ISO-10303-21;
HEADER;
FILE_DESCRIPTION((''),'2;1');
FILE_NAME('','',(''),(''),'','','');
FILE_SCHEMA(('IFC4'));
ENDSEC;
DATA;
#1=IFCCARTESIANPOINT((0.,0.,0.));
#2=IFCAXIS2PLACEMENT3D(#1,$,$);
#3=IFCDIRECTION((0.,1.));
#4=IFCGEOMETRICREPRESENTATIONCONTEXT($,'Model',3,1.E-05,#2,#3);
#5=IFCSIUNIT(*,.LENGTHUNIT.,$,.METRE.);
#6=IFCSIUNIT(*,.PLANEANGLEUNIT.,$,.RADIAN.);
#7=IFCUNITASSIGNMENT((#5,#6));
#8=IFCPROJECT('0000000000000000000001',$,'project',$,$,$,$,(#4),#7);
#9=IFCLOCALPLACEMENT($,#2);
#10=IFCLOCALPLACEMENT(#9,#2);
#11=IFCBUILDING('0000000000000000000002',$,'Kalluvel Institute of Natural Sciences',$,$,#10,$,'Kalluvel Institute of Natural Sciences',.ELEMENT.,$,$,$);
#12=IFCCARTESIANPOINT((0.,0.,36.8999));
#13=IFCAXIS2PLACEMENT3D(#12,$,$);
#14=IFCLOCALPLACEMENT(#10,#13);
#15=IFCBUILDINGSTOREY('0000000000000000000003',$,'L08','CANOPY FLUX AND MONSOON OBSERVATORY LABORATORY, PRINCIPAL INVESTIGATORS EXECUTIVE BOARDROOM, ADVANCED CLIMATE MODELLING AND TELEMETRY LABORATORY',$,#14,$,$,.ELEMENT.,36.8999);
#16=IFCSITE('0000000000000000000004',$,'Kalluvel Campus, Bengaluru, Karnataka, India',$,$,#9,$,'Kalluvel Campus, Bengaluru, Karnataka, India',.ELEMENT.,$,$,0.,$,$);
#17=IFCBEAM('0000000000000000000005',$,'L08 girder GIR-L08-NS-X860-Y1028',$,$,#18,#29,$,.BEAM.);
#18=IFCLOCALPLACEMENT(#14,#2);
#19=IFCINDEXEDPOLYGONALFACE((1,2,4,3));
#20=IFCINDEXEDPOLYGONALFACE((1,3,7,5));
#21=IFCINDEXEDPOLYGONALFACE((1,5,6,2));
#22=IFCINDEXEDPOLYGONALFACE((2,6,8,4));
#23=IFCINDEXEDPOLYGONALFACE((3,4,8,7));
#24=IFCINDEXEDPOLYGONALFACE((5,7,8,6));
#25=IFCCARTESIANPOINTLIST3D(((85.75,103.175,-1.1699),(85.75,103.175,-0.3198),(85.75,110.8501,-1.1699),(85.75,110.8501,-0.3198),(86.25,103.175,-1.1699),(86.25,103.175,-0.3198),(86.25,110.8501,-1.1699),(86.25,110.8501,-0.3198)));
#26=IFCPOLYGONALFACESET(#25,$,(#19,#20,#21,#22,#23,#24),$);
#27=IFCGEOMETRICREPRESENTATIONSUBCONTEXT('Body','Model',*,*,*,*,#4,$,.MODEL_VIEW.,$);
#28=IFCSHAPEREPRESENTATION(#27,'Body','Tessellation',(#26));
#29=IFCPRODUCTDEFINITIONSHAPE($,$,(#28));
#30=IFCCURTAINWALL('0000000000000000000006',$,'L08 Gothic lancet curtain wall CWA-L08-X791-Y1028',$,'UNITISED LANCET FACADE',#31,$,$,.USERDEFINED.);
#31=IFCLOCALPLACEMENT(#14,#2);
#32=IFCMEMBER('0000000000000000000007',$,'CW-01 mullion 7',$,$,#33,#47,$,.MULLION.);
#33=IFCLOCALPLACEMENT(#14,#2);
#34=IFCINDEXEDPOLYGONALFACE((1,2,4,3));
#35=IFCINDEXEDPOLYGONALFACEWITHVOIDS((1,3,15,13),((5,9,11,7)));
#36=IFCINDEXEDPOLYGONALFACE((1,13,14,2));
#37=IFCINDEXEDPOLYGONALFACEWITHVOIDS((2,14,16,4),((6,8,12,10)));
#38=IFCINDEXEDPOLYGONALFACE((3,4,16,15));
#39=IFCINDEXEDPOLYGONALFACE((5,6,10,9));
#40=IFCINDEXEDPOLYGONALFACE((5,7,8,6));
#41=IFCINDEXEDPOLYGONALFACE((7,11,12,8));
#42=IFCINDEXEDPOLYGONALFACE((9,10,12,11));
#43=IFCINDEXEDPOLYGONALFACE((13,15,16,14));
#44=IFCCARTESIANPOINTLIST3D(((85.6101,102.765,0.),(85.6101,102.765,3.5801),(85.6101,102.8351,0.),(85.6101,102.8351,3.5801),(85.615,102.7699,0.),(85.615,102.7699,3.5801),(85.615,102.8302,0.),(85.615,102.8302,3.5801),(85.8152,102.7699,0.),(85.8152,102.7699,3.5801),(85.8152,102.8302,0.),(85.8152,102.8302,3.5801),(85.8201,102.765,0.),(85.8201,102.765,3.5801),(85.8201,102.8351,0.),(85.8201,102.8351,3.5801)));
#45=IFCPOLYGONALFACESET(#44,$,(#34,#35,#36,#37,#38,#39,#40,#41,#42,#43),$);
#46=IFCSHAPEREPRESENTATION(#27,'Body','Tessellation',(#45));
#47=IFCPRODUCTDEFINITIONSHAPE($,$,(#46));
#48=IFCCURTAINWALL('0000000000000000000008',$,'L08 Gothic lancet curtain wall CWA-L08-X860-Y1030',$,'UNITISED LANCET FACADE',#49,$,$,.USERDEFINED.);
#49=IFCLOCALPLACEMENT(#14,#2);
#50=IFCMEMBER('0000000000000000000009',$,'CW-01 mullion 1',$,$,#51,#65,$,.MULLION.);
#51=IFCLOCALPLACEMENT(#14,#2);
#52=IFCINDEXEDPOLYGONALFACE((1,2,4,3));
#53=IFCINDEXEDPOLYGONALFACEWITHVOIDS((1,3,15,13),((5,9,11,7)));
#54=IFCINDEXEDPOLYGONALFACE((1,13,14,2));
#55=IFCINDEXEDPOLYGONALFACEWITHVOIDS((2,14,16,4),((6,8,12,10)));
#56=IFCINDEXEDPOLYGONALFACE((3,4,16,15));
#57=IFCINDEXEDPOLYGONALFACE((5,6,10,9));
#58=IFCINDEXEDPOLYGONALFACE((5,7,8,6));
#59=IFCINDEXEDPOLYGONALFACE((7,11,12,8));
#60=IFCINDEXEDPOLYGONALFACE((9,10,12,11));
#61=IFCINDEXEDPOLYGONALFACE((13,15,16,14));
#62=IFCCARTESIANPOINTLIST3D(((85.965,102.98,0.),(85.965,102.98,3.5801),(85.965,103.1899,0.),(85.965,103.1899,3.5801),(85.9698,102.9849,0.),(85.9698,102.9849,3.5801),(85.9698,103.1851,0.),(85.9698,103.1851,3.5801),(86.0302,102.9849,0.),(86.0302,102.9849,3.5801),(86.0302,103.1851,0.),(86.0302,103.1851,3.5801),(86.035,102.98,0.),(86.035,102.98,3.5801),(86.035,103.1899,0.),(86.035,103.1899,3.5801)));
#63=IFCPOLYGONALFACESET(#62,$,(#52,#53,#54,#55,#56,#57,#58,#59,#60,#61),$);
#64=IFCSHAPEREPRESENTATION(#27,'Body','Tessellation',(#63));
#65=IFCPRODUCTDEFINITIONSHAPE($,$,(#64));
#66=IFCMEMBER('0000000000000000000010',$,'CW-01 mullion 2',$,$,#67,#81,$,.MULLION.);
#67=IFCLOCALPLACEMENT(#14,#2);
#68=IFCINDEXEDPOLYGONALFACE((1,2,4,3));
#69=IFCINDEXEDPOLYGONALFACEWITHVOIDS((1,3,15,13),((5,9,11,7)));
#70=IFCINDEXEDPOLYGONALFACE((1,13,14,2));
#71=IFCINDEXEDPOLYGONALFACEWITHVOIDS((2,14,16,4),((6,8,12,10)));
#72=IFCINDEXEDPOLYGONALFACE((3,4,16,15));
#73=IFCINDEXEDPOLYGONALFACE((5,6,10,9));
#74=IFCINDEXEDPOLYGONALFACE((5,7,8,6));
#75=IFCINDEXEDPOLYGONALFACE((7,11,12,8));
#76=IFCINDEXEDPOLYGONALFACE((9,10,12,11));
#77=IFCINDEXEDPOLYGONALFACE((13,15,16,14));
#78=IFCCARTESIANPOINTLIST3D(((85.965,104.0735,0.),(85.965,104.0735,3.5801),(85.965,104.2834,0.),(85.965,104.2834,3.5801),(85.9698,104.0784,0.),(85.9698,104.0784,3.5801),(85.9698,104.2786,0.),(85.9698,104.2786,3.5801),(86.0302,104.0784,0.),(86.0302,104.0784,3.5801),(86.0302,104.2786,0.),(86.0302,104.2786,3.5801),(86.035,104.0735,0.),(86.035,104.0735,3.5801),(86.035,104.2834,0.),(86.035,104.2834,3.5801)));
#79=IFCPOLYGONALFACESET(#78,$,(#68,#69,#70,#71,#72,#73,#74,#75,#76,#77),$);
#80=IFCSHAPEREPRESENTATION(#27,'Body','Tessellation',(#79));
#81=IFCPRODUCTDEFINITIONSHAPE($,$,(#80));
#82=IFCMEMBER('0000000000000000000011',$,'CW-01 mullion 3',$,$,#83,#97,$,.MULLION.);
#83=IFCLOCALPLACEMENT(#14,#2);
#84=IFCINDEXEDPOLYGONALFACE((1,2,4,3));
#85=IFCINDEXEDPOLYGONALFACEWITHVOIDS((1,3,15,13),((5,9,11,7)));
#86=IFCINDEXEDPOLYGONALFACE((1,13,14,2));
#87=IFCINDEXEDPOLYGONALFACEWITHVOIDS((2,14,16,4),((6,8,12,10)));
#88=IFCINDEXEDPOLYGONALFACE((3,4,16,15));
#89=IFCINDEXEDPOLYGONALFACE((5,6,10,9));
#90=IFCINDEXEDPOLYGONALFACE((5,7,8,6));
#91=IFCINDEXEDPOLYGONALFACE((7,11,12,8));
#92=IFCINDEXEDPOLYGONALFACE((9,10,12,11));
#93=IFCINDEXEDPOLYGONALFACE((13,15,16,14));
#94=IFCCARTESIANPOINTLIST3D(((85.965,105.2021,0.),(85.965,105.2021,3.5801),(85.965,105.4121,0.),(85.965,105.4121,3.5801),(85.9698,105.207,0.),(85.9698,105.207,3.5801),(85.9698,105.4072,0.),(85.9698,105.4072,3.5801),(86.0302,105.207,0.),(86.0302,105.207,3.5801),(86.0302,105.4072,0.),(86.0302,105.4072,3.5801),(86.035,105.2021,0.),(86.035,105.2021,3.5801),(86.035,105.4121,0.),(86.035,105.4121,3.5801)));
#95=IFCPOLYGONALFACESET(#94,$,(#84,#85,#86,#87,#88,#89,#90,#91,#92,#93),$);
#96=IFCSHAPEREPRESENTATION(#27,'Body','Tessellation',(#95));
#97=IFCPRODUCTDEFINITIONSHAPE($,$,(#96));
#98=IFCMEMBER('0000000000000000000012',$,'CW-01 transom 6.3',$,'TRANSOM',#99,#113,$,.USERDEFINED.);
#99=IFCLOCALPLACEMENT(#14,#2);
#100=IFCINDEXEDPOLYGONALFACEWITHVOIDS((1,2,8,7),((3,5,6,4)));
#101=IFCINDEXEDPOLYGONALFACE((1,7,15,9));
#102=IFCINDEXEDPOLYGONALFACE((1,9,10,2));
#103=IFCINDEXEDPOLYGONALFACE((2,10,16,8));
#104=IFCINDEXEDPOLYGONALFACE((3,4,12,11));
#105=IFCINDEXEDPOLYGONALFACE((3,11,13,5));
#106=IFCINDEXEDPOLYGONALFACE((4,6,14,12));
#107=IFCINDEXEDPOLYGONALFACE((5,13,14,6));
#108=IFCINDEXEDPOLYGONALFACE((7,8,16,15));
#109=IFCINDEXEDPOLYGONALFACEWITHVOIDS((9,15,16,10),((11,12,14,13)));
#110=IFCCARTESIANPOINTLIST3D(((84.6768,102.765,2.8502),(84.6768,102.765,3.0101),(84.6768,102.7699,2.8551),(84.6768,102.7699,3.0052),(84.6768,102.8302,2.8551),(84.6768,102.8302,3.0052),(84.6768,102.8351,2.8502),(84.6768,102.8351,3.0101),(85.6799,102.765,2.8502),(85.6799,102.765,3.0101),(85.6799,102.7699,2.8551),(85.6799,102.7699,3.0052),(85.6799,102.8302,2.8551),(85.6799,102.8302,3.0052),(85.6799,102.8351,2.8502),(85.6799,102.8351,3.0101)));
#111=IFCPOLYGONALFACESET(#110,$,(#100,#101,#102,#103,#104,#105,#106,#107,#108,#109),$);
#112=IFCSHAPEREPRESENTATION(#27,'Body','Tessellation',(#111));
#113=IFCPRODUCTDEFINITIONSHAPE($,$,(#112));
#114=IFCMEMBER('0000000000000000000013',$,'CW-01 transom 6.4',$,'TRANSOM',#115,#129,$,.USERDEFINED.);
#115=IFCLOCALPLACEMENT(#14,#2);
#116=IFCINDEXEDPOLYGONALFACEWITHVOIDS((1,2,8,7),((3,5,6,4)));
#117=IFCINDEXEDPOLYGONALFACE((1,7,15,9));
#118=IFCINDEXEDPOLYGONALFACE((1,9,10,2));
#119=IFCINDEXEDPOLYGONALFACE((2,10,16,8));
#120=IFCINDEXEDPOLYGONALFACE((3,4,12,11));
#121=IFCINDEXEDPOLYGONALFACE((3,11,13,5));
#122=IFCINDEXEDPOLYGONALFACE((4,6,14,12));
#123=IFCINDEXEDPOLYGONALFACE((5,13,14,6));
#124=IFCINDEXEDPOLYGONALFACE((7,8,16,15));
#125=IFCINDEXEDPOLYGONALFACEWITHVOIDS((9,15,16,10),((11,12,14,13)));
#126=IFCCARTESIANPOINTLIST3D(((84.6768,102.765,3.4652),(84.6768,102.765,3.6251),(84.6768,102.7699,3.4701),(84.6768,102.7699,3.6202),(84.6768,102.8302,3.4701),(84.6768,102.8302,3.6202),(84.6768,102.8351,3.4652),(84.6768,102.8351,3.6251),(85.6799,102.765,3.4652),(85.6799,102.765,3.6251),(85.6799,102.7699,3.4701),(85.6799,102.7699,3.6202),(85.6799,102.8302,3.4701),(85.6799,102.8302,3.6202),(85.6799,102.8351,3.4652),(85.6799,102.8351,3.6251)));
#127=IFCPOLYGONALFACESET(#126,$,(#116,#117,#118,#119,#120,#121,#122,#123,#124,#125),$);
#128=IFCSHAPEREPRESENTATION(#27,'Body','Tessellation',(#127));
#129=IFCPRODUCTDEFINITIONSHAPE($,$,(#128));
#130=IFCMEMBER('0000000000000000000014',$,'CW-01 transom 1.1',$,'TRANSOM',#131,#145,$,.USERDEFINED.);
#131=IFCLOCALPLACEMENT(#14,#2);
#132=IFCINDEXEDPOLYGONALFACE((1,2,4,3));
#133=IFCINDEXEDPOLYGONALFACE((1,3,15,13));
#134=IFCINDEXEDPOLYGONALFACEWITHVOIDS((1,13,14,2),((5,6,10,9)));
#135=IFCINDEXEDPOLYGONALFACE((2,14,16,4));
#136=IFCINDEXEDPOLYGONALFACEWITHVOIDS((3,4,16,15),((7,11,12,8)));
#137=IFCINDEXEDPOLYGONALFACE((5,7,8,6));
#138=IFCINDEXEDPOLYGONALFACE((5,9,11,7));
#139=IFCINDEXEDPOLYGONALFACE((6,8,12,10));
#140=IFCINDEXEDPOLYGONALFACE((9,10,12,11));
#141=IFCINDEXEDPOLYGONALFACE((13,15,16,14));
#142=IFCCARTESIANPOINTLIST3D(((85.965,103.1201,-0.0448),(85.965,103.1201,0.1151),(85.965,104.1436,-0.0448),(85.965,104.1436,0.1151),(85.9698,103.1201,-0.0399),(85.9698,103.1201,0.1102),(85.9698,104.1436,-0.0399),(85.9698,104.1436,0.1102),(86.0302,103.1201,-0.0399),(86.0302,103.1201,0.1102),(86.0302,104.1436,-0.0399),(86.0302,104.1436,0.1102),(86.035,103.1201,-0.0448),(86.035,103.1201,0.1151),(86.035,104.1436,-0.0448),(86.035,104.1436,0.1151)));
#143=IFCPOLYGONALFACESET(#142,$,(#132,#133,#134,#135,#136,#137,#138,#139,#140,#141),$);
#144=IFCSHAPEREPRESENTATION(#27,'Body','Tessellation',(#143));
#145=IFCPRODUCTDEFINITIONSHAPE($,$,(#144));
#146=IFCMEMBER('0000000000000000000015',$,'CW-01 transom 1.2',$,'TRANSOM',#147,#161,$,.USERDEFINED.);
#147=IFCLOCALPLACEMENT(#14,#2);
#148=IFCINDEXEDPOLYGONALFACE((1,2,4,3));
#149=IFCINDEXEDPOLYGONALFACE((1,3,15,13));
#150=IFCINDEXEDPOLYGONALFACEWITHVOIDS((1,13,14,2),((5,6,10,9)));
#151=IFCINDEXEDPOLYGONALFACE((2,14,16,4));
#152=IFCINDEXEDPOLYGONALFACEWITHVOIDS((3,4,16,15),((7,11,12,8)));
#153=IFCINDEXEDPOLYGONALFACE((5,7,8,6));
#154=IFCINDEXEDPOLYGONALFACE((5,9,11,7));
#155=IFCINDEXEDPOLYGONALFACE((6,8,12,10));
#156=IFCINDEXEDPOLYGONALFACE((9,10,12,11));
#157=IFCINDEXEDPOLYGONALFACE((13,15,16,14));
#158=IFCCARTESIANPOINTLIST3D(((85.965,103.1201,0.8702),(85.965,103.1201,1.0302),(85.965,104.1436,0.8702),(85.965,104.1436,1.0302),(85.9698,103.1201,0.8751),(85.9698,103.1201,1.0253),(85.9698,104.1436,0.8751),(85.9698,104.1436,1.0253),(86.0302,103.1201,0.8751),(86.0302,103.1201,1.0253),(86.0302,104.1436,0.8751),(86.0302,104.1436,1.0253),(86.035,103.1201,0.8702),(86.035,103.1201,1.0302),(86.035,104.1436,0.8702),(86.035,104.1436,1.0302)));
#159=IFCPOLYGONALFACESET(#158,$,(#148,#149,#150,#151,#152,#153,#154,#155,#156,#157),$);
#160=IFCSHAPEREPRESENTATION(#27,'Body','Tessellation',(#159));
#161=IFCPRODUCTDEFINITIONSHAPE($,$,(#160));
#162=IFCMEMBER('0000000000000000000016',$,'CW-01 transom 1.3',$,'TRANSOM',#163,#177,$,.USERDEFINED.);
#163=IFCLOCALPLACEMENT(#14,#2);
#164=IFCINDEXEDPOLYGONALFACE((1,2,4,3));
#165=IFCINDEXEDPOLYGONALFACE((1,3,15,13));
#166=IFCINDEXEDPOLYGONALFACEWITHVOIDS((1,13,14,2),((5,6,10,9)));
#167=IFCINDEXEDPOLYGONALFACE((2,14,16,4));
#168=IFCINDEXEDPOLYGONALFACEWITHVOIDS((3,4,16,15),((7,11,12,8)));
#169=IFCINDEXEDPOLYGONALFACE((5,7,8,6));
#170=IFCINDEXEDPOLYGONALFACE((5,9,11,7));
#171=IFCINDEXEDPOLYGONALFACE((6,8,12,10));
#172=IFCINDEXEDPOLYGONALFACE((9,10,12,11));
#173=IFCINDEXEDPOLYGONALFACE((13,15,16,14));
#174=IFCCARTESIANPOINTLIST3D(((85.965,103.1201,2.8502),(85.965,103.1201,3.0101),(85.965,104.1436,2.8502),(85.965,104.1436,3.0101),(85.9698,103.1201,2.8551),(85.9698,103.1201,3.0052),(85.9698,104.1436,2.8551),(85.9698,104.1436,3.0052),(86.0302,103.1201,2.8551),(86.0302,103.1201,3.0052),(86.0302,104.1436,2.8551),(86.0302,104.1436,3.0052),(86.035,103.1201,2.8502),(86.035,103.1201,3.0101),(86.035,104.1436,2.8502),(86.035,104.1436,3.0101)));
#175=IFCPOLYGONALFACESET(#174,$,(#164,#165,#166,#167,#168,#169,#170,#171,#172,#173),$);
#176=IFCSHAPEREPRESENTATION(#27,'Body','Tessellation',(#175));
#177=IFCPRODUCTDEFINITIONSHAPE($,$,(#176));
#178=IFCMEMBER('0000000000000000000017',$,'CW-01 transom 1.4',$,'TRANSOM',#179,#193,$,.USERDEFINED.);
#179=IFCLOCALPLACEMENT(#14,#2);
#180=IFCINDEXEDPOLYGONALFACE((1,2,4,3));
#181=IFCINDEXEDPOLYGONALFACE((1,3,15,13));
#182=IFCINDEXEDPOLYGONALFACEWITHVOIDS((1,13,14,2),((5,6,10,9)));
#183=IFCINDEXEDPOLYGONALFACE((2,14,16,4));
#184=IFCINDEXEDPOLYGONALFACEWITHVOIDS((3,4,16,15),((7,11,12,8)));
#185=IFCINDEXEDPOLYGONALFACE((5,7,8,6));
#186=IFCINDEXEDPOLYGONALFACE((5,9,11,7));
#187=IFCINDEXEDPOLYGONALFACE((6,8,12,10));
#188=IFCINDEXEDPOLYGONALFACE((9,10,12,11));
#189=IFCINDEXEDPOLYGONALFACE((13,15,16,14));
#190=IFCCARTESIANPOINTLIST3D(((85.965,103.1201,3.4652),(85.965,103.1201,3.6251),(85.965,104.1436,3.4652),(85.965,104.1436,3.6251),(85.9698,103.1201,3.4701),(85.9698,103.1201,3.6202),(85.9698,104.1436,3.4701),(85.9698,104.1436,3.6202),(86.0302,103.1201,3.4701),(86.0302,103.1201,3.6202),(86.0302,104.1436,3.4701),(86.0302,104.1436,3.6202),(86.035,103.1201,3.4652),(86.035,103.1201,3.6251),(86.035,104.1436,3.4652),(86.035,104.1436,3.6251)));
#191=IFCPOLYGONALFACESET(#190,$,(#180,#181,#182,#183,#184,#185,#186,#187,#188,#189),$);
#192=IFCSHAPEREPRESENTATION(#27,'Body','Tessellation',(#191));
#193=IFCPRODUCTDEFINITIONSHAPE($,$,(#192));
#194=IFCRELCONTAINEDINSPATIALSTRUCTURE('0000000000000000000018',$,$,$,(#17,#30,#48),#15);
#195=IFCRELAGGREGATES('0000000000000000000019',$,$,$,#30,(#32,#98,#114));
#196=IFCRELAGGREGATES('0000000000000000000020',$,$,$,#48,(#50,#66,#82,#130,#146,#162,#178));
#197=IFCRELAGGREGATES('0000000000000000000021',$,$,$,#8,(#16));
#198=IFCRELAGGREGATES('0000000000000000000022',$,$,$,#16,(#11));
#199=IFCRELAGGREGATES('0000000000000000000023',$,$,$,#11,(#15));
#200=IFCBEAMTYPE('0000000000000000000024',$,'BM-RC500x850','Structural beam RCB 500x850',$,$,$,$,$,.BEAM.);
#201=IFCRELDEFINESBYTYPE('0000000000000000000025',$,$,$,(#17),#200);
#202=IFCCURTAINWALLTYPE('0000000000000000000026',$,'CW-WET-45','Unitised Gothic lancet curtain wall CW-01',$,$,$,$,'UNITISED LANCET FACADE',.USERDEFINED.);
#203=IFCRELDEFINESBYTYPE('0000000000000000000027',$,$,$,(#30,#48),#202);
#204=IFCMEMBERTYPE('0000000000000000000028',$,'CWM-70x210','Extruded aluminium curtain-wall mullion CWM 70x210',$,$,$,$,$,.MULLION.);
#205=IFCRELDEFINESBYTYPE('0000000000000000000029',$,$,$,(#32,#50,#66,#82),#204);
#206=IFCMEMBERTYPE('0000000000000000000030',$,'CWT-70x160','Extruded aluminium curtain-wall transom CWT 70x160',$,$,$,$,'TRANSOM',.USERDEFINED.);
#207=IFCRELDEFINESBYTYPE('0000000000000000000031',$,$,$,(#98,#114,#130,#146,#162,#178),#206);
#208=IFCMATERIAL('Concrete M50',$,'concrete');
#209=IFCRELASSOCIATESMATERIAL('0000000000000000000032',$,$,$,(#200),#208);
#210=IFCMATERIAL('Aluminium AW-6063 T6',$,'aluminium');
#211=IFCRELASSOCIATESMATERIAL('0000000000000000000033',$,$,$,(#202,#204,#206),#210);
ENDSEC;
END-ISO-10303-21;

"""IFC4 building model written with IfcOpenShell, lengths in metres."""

from ifc_helpers import new_model, si_unit, direction, frame, origin, origin_2d, place, context, subcontext, project, spatial, rectangle, hollow_rectangle, extrude, material, material_profile, profile_set, type_object, element, aggregate, save


model = new_model("IFC4")

# Units and contexts
model_context = context("Model", 3, precision=1e-05, world=origin(), true_north=direction((0.0, 1.0)))
body_context = subcontext(model_context, "Body", "Model", "MODEL_VIEW")
ifc_project = project(units=[si_unit("LENGTHUNIT", "METRE"), si_unit("PLANEANGLEUNIT", "RADIAN")], contexts=[model_context])

# Site, building, storey
site_placement = place(None, origin())
site = spatial("IfcSite", under=ifc_project, at=site_placement, Name="Kalluvel Campus, Bengaluru, Karnataka, India", LongName="Kalluvel Campus, Bengaluru, Karnataka, India", CompositionType="ELEMENT", RefElevation=0.0)
building_placement = place(site_placement, origin())
building = spatial("IfcBuilding", under=site, at=building_placement, Name="Kalluvel Institute of Natural Sciences", LongName="Kalluvel Institute of Natural Sciences", CompositionType="ELEMENT")
storey_placement = place(building_placement, frame((0.0, 0.0, 36.8999)))
storey = spatial("IfcBuildingStorey", under=building, at=storey_placement, Name="L08", Description="CANOPY FLUX AND MONSOON OBSERVATORY LABORATORY, PRINCIPAL INVESTIGATORS EXECUTIVE BOARDROOM, ADVANCED CLIMATE MODELLING AND TELEMETRY LABORATORY", CompositionType="ELEMENT", Elevation=36.8999)

# Beam
ifc_material_1 = material(Name="Concrete M50", Category="concrete")
ifc_material_profile_1 = material_profile(ifc_material_1, rectangle(XDim=0.5, YDim=0.8501, at=origin_2d()), Name="RCB 500x850")
ifc_profile_set_1 = profile_set([ifc_material_profile_1], Name="Concrete M50")
beam_type = type_object("IfcBeamType", Name="BM-RC500x850", Description="Structural beam RCB 500x850", PredefinedType="BEAM", material=ifc_profile_set_1)
beam_placement = place(storey_placement, frame((86.0, 103.175, -0.7449), z_axis=(0.0, 1.0, 0.0), x_axis=(-1.0, 0.0, 0.0)))
element("IfcBeam", 1, at=beam_placement, inside=storey, type_object=beam_type, Name="L08 girder GIR-L08-NS-X860-Y1028", PredefinedType="BEAM", context=body_context, shape_type="SweptSolid", body=[
    extrude(rectangle(XDim=0.5, YDim=0.8501, at=origin_2d()), origin(), (0.0, 0.0, 1.0), 7.675),
])

# Curtain wall, member
ifc_material_2 = material(Name="Aluminium AW-6063 T6", Category="aluminium")
curtain_wall_type = type_object("IfcCurtainWallType", Name="CW-WET-45", Description="Unitised Gothic lancet curtain wall CW-01", ElementType="UNITISED LANCET FACADE", PredefinedType="USERDEFINED", material=ifc_material_2)
curtain_wall_1_placement = place(storey_placement, origin())
curtain_wall_1 = element("IfcCurtainWall", 2, at=curtain_wall_1_placement, inside=storey, type_object=curtain_wall_type, Name="L08 Gothic lancet curtain wall CWA-L08-X791-Y1028", ObjectType="UNITISED LANCET FACADE", PredefinedType="USERDEFINED")
ifc_material_profile_2 = material_profile(ifc_material_2, hollow_rectangle(XDim=0.0701, YDim=0.21, WallThickness=0.0049, at=origin_2d()), Name="CWM 70x210")
ifc_profile_set_2 = profile_set([ifc_material_profile_2], Name="Aluminium AW-6063 T6")
member_type_1 = type_object("IfcMemberType", Name="CWM-70x210", Description="Extruded aluminium curtain-wall mullion CWM 70x210", PredefinedType="MULLION", material=ifc_profile_set_2)
member_1_placement = place(storey_placement, frame((85.7151, 102.8, 0.0), z_axis=(0.0, 0.0, 1.0), x_axis=(0.0, 1.0, 0.0)))
member_1 = element("IfcMember", 3, at=member_1_placement, type_object=member_type_1, Name="CW-01 mullion 7", PredefinedType="MULLION", context=body_context, shape_type="SweptSolid", body=[
    extrude(hollow_rectangle(XDim=0.0701, YDim=0.21, WallThickness=0.0049, at=origin_2d()), origin(), (0.0, 0.0, 1.0), 3.5801),
])

# Curtain wall, members
curtain_wall_2_placement = place(storey_placement, origin())
curtain_wall_2 = element("IfcCurtainWall", 4, at=curtain_wall_2_placement, inside=storey, type_object=curtain_wall_type, Name="L08 Gothic lancet curtain wall CWA-L08-X860-Y1030", ObjectType="UNITISED LANCET FACADE", PredefinedType="USERDEFINED")
member_2_placement = place(storey_placement, frame((86.0, 103.085, 0.0), z_axis=(0.0, 0.0, 1.0), x_axis=(-1.0, 0.0, 0.0)))
member_2 = element("IfcMember", 5, at=member_2_placement, type_object=member_type_1, Name="CW-01 mullion 1", PredefinedType="MULLION", context=body_context, shape_type="SweptSolid", body=[
    extrude(hollow_rectangle(XDim=0.0701, YDim=0.21, WallThickness=0.0049, at=origin_2d()), origin(), (0.0, 0.0, 1.0), 3.5801),
])
member_3_placement = place(storey_placement, frame((86.0, 104.1785, 0.0), z_axis=(0.0, 0.0, 1.0), x_axis=(-1.0, 0.0, 0.0)))
member_3 = element("IfcMember", 6, at=member_3_placement, type_object=member_type_1, Name="CW-01 mullion 2", PredefinedType="MULLION", context=body_context, shape_type="SweptSolid", body=[
    extrude(hollow_rectangle(XDim=0.0701, YDim=0.21, WallThickness=0.0049, at=origin_2d()), origin(), (0.0, 0.0, 1.0), 3.5801),
])
member_4_placement = place(storey_placement, frame((86.0, 105.3071, 0.0), z_axis=(0.0, 0.0, 1.0), x_axis=(-1.0, 0.0, 0.0)))
member_4 = element("IfcMember", 7, at=member_4_placement, type_object=member_type_1, Name="CW-01 mullion 3", PredefinedType="MULLION", context=body_context, shape_type="SweptSolid", body=[
    extrude(hollow_rectangle(XDim=0.0701, YDim=0.21, WallThickness=0.0049, at=origin_2d()), origin(), (0.0, 0.0, 1.0), 3.5801),
])

# Members
ifc_material_profile_3 = material_profile(ifc_material_2, hollow_rectangle(XDim=0.0701, YDim=0.1599, WallThickness=0.0049, at=origin_2d()), Name="CWT 70x160")
ifc_profile_set_3 = profile_set([ifc_material_profile_3], Name="Aluminium AW-6063 T6")
member_type_2 = type_object("IfcMemberType", Name="CWT-70x160", Description="Extruded aluminium curtain-wall transom CWT 70x160", ElementType="TRANSOM", PredefinedType="USERDEFINED", material=ifc_profile_set_3)
member_5_placement = place(storey_placement, frame((84.6768, 102.8, 2.9302), z_axis=(1.0, 0.0, 0.0), x_axis=(0.0, 1.0, 0.0)))
member_5 = element("IfcMember", 8, at=member_5_placement, type_object=member_type_2, Name="CW-01 transom 6.3", ObjectType="TRANSOM", PredefinedType="USERDEFINED", context=body_context, shape_type="SweptSolid", body=[
    extrude(hollow_rectangle(XDim=0.0701, YDim=0.1599, WallThickness=0.0049, at=origin_2d()), origin(), (0.0, 0.0, 1.0), 1.0032),
])
member_6_placement = place(storey_placement, frame((84.6768, 102.8, 3.5452), z_axis=(1.0, 0.0, 0.0), x_axis=(0.0, 1.0, 0.0)))
member_6 = element("IfcMember", 9, at=member_6_placement, type_object=member_type_2, Name="CW-01 transom 6.4", ObjectType="TRANSOM", PredefinedType="USERDEFINED", context=body_context, shape_type="SweptSolid", body=[
    extrude(hollow_rectangle(XDim=0.0701, YDim=0.1599, WallThickness=0.0049, at=origin_2d()), origin(), (0.0, 0.0, 1.0), 1.0032),
])
member_7_placement = place(storey_placement, frame((86.0, 103.1201, 0.0352), z_axis=(0.0, 1.0, 0.0), x_axis=(-1.0, 0.0, 0.0)))
member_7 = element("IfcMember", 10, at=member_7_placement, type_object=member_type_2, Name="CW-01 transom 1.1", ObjectType="TRANSOM", PredefinedType="USERDEFINED", context=body_context, shape_type="SweptSolid", body=[
    extrude(hollow_rectangle(XDim=0.0701, YDim=0.1599, WallThickness=0.0049, at=origin_2d()), origin(), (0.0, 0.0, 1.0), 1.0234),
])
member_8_placement = place(storey_placement, frame((86.0, 103.1201, 0.9502), z_axis=(0.0, 1.0, 0.0), x_axis=(-1.0, 0.0, 0.0)))
member_8 = element("IfcMember", 11, at=member_8_placement, type_object=member_type_2, Name="CW-01 transom 1.2", ObjectType="TRANSOM", PredefinedType="USERDEFINED", context=body_context, shape_type="SweptSolid", body=[
    extrude(hollow_rectangle(XDim=0.0701, YDim=0.1599, WallThickness=0.0049, at=origin_2d()), origin(), (0.0, 0.0, 1.0), 1.0234),
])
member_9_placement = place(storey_placement, frame((86.0, 103.1201, 2.9302), z_axis=(0.0, 1.0, 0.0), x_axis=(-1.0, 0.0, 0.0)))
member_9 = element("IfcMember", 12, at=member_9_placement, type_object=member_type_2, Name="CW-01 transom 1.3", ObjectType="TRANSOM", PredefinedType="USERDEFINED", context=body_context, shape_type="SweptSolid", body=[
    extrude(hollow_rectangle(XDim=0.0701, YDim=0.1599, WallThickness=0.0049, at=origin_2d()), origin(), (0.0, 0.0, 1.0), 1.0234),
])
member_10_placement = place(storey_placement, frame((86.0, 103.1201, 3.5452), z_axis=(0.0, 1.0, 0.0), x_axis=(-1.0, 0.0, 0.0)))
member_10 = element("IfcMember", 13, at=member_10_placement, type_object=member_type_2, Name="CW-01 transom 1.4", ObjectType="TRANSOM", PredefinedType="USERDEFINED", context=body_context, shape_type="SweptSolid", body=[
    extrude(hollow_rectangle(XDim=0.0701, YDim=0.1599, WallThickness=0.0049, at=origin_2d()), origin(), (0.0, 0.0, 1.0), 1.0234),
])

aggregate(curtain_wall_1, [member_1, member_5, member_6])
aggregate(curtain_wall_2, [member_2, member_3, member_4, member_7, member_8, member_9, member_10])

save(model, "model.ifc")
